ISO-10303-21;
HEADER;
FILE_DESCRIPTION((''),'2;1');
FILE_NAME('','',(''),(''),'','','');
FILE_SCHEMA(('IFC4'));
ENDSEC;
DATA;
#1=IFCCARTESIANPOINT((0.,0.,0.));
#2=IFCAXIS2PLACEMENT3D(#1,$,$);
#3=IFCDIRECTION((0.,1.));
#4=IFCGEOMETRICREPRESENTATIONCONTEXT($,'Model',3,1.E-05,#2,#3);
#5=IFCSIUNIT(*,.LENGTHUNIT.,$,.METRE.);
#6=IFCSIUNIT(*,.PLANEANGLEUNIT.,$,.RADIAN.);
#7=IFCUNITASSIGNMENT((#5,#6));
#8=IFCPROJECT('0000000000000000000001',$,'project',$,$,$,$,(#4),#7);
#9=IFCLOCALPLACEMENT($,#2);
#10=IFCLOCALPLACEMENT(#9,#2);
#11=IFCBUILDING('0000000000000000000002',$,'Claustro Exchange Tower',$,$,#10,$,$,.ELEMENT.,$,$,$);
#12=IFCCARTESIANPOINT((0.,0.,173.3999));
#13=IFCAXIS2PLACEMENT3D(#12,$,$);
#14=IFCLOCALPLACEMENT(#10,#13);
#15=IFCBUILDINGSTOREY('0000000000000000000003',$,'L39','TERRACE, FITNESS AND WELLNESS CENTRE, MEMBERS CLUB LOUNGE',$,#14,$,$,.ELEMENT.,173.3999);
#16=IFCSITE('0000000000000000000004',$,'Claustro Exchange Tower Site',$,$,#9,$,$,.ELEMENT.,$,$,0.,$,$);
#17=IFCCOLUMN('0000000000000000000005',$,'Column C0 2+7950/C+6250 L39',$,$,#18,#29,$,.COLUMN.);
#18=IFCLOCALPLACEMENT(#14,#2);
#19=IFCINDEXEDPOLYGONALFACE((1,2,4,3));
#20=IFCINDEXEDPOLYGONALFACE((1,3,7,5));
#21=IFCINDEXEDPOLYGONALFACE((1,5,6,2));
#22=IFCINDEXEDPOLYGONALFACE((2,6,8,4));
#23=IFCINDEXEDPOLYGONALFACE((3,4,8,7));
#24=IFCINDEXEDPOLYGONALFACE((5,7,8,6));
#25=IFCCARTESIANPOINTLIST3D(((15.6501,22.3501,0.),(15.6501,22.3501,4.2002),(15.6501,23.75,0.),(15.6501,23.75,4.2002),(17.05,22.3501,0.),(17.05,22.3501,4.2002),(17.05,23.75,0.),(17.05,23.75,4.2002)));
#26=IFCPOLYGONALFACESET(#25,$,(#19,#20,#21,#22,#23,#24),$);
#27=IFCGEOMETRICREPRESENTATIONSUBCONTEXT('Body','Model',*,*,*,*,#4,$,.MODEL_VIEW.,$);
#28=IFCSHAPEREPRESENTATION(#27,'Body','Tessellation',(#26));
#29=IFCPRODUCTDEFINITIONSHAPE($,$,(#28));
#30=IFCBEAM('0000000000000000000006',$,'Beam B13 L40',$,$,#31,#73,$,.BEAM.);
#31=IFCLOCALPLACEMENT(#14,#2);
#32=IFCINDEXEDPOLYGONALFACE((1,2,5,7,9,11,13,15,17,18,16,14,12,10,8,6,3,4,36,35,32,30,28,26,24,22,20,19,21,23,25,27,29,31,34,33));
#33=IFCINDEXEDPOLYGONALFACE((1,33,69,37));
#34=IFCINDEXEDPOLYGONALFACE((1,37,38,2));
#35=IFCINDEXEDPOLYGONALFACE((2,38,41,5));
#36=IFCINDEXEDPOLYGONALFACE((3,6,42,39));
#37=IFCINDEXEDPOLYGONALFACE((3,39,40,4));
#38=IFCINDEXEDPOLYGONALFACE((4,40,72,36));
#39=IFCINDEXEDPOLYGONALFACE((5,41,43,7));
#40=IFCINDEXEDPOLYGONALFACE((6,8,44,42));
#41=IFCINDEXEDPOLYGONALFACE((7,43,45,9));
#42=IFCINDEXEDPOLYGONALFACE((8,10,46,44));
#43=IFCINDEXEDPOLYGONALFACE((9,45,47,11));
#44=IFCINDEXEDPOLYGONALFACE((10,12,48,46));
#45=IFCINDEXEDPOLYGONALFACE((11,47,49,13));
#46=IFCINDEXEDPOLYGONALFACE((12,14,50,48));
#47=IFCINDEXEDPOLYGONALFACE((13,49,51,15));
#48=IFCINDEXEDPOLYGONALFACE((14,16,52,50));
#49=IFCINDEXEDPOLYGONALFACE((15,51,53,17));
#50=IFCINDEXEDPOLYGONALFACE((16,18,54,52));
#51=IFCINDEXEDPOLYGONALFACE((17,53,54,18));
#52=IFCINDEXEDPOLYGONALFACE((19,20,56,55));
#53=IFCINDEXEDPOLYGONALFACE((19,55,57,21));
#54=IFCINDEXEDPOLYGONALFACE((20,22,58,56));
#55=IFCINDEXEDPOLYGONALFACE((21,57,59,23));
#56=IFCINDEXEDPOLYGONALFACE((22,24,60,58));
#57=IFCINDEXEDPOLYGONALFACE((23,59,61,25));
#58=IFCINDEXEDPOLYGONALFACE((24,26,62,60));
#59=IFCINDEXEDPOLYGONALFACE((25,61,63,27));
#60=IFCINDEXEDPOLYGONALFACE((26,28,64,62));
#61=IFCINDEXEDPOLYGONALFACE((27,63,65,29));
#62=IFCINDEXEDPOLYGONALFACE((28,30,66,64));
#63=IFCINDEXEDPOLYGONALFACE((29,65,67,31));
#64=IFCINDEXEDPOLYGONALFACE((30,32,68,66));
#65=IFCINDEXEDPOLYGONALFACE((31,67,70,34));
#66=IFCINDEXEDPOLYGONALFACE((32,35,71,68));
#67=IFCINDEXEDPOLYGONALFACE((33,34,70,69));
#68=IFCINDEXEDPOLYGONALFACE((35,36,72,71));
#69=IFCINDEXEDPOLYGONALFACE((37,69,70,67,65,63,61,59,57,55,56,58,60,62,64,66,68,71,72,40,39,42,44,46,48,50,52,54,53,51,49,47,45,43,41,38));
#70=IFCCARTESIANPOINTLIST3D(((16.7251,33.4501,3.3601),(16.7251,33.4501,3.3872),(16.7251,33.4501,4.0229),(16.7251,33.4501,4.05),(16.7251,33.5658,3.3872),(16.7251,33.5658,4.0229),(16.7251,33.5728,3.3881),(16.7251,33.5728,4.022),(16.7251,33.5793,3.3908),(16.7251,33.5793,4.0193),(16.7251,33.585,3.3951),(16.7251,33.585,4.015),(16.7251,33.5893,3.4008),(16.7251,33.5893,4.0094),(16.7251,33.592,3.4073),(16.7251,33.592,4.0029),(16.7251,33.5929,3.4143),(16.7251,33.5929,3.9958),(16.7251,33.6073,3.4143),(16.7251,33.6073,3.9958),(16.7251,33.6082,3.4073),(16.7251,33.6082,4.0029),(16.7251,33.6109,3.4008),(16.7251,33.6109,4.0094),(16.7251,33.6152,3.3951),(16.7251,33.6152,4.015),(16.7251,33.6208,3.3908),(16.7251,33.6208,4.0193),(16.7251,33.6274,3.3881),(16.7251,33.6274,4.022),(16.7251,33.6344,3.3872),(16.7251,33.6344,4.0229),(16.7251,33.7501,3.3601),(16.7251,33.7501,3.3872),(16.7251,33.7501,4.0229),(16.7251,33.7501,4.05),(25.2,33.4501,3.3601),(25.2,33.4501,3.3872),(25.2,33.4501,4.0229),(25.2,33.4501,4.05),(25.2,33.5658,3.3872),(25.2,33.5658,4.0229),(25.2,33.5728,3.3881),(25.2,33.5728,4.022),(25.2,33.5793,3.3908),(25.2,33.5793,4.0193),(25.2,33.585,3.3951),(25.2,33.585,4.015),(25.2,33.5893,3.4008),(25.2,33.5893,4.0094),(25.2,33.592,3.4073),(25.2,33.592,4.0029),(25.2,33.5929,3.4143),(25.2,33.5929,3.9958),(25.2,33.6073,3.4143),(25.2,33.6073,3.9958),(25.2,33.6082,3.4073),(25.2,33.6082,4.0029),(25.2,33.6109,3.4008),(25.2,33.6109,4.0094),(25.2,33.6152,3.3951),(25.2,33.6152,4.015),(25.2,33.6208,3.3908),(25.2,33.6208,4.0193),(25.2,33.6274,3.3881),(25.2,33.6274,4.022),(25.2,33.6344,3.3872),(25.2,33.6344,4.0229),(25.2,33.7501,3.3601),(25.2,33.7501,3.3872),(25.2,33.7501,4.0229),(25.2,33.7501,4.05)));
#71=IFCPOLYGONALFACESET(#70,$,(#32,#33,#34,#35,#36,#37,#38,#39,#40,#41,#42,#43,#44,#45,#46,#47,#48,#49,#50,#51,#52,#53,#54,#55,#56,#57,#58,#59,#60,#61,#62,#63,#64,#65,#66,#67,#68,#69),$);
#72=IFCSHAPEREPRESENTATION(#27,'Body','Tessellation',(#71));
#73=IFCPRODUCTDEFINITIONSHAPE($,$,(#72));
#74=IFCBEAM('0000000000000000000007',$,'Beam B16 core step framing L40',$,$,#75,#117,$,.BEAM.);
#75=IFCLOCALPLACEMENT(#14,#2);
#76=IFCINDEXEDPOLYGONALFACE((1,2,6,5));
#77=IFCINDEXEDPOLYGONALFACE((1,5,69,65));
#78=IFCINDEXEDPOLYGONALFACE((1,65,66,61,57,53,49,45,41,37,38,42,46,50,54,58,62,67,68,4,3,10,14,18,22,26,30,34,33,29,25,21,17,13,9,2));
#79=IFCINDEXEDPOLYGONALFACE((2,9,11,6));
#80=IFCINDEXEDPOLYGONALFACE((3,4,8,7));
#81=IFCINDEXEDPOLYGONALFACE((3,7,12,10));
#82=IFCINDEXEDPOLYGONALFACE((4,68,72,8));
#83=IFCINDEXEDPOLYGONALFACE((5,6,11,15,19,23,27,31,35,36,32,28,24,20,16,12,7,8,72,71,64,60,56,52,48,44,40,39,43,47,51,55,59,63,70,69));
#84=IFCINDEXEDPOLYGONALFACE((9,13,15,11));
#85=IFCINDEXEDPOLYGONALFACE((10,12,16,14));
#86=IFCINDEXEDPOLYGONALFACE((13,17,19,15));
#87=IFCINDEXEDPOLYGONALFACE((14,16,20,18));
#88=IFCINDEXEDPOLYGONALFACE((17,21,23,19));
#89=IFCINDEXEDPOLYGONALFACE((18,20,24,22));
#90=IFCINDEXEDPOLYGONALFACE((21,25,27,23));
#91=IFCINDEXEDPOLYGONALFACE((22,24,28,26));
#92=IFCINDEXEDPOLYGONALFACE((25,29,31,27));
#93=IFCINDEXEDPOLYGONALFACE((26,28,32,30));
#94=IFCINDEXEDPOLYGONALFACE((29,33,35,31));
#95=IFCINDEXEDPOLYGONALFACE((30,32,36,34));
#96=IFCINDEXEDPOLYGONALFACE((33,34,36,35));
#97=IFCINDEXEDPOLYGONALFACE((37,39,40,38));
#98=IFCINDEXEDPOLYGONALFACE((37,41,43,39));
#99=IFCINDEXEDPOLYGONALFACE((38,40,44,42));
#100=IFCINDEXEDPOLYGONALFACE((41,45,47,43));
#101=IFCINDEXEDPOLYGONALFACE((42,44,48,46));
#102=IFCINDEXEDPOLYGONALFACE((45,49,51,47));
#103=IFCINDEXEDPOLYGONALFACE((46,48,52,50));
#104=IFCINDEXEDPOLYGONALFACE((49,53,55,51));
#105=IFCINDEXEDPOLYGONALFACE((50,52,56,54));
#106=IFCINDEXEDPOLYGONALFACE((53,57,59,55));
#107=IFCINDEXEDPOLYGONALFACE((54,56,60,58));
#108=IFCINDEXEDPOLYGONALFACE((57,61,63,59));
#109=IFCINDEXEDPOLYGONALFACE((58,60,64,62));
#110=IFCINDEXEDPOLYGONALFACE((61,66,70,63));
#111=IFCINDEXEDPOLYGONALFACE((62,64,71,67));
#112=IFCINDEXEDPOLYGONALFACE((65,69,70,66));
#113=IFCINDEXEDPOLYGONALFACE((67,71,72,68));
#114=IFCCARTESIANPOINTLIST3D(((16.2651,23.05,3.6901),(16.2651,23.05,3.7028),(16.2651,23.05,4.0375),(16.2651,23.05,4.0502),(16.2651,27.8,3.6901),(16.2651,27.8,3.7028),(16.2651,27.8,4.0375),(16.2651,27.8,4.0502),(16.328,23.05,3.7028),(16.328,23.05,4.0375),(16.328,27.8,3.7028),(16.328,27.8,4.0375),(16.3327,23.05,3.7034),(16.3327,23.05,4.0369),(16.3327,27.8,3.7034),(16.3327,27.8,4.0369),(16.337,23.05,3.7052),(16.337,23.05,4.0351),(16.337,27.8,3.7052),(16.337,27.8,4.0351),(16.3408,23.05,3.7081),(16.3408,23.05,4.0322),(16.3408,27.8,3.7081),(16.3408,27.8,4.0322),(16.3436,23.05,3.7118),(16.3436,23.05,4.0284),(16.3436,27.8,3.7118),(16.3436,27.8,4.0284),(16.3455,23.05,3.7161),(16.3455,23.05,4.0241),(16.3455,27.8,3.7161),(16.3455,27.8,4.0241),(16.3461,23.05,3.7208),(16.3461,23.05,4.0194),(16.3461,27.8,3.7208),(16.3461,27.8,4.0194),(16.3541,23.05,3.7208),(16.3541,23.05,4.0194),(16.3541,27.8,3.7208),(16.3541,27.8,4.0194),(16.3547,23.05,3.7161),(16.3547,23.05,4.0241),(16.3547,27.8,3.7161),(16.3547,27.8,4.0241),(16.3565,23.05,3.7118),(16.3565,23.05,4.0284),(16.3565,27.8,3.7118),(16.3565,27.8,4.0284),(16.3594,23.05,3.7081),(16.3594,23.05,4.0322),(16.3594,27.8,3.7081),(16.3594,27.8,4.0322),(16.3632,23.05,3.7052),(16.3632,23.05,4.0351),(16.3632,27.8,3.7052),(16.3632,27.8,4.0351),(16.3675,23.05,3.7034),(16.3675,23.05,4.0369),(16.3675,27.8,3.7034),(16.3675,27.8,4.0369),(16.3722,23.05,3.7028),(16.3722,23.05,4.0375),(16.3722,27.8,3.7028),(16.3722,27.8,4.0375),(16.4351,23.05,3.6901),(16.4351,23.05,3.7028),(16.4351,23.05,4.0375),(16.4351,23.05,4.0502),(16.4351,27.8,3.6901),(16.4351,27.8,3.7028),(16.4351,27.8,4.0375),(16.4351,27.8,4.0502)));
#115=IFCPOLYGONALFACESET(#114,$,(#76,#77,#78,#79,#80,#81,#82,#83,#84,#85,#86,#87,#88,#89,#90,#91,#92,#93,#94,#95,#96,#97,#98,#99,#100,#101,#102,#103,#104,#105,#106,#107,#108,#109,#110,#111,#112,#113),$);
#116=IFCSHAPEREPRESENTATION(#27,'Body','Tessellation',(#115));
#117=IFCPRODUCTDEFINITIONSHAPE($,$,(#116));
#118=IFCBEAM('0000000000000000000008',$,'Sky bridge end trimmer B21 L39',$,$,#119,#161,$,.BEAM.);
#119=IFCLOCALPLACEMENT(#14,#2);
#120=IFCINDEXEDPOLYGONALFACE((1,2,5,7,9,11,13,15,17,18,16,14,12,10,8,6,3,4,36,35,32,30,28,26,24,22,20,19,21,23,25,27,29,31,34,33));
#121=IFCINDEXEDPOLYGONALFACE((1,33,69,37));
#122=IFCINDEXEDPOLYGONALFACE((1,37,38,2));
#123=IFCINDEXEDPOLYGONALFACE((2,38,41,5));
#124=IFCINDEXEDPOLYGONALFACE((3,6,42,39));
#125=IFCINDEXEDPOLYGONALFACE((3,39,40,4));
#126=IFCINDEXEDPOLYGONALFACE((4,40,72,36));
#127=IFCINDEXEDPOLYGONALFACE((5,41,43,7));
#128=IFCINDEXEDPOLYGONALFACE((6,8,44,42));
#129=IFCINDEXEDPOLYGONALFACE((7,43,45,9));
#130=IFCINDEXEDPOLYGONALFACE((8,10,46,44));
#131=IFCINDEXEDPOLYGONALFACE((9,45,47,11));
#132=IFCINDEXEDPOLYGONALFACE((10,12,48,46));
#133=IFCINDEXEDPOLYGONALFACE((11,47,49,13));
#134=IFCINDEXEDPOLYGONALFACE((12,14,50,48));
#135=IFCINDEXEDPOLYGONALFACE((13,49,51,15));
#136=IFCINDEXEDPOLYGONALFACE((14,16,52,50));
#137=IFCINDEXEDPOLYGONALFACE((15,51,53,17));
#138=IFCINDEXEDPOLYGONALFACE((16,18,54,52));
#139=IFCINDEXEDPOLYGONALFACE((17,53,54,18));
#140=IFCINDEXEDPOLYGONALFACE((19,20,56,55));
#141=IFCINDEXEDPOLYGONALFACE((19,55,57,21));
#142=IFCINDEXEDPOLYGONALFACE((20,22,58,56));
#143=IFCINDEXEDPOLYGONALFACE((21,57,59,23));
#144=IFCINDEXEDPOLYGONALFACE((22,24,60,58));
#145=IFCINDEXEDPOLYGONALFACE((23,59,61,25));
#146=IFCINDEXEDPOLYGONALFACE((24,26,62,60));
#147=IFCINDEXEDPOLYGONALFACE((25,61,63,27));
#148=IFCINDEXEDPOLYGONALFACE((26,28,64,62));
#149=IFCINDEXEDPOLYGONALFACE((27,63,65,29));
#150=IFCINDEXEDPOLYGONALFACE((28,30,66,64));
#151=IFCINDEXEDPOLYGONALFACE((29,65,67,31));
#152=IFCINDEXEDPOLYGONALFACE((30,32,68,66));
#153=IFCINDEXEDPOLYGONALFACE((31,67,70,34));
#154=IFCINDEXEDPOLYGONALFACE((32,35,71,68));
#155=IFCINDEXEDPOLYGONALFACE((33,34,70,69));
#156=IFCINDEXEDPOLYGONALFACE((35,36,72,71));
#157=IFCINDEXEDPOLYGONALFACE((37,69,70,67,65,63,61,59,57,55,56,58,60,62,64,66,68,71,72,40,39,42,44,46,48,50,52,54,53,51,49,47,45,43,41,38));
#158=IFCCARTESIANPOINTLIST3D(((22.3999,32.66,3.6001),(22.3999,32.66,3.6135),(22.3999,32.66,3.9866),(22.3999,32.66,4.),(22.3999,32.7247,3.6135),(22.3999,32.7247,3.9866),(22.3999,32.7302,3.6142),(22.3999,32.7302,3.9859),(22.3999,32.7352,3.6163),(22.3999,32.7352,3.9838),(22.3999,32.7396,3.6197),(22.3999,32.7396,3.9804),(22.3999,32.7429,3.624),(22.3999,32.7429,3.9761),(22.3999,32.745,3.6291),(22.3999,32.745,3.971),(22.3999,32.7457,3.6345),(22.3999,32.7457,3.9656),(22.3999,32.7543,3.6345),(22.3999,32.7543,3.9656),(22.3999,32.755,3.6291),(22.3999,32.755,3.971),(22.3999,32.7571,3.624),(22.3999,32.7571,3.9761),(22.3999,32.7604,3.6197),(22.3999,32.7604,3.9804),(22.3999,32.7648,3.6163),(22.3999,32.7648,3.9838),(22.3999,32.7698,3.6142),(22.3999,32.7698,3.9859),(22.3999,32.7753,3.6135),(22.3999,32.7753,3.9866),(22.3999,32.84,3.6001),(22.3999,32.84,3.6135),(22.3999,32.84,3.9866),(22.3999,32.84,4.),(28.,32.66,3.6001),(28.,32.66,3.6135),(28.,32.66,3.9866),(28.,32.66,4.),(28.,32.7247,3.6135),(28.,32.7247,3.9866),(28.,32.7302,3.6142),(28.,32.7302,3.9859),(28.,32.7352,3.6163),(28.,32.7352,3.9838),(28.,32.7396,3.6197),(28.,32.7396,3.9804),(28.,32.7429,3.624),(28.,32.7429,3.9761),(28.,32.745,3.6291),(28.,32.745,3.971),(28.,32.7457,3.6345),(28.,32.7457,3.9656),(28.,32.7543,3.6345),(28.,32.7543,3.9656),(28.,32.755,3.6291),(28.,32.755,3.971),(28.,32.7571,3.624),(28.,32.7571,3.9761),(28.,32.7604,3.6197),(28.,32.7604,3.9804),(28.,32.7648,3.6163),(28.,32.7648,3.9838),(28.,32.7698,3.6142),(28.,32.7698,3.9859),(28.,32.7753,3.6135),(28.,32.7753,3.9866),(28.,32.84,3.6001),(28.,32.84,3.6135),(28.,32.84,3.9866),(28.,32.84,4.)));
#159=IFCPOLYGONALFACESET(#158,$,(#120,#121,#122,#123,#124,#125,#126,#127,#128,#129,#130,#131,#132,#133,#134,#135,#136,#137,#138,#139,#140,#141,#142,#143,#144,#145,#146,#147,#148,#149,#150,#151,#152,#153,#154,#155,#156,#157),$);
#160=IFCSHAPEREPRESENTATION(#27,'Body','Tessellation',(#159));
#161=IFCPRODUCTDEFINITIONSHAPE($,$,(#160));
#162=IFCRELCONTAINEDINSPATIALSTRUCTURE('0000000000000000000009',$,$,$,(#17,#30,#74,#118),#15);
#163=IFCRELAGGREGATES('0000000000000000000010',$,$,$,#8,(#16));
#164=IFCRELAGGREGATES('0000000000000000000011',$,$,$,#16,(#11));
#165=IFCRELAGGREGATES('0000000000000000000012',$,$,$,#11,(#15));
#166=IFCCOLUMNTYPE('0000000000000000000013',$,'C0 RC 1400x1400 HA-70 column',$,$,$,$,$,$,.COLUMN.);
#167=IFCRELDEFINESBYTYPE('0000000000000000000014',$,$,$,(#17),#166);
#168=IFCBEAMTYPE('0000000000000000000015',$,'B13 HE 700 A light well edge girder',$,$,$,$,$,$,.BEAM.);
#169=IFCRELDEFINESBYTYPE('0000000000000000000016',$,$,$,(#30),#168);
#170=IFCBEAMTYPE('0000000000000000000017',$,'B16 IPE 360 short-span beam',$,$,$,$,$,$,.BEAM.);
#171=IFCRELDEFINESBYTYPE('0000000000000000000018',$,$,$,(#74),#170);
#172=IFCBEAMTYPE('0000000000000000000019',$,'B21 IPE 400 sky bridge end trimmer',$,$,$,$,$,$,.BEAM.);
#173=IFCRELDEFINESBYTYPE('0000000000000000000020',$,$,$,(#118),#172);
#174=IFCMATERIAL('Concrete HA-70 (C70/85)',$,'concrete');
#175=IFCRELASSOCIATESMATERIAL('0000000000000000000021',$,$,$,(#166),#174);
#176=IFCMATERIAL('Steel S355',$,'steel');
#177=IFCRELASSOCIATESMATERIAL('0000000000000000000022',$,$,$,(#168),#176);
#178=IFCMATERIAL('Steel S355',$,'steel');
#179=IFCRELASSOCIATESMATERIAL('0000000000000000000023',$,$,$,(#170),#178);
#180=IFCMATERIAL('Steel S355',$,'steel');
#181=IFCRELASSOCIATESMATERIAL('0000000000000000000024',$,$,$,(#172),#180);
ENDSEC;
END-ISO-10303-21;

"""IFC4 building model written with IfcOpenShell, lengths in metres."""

from ifc_helpers import new_model, si_unit, direction, frame, origin, origin_2d, place, context, subcontext, project, spatial, rectangle, i_section, extrude, material, material_profile, profile_set, type_object, element, save


model = new_model("IFC4")

# Units and contexts
model_context = context("Model", 3, precision=1e-05, world=origin(), true_north=direction((0.0, 1.0)))
body_context = subcontext(model_context, "Body", "Model", "MODEL_VIEW")
ifc_project = project(units=[si_unit("LENGTHUNIT", "METRE"), si_unit("PLANEANGLEUNIT", "RADIAN")], contexts=[model_context])

# Site, building, storey
site_placement = place(None, origin())
site = spatial("IfcSite", under=ifc_project, at=site_placement, Name="Claustro Exchange Tower Site", CompositionType="ELEMENT", RefElevation=0.0)
building_placement = place(site_placement, origin())
building = spatial("IfcBuilding", under=site, at=building_placement, Name="Claustro Exchange Tower", CompositionType="ELEMENT")
storey_placement = place(building_placement, frame((0.0, 0.0, 173.3999)))
storey = spatial("IfcBuildingStorey", under=building, at=storey_placement, Name="L39", Description="TERRACE, FITNESS AND WELLNESS CENTRE, MEMBERS CLUB LOUNGE", CompositionType="ELEMENT", Elevation=173.3999)

# Column
ifc_material_1 = material(Name="Concrete HA-70 (C70/85)", Category="concrete")
ifc_material_profile_1 = material_profile(ifc_material_1, rectangle(XDim=1.3999, YDim=1.3999, at=origin_2d()), Name="RC 1400x1400")
ifc_profile_set_1 = profile_set([ifc_material_profile_1], Name="Concrete HA-70 (C70/85)")
column_type = type_object("IfcColumnType", Name="C0 RC 1400x1400 HA-70 column", PredefinedType="COLUMN", material=ifc_profile_set_1)
column_placement = place(storey_placement, frame((16.3501, 23.05, 0.0), z_axis=(0.0, 0.0, 1.0), x_axis=(1.0, 0.0, 0.0)))
element("IfcColumn", 1, at=column_placement, inside=storey, type_object=column_type, Name="Column C0 2+7950/C+6250 L39", PredefinedType="COLUMN", context=body_context, shape_type="SweptSolid", body=[
    extrude(rectangle(XDim=1.3999, YDim=1.3999, at=origin_2d()), origin(), (0.0, 0.0, 1.0), 4.2002),
])

# Beams
ifc_material_2 = material(Name="Steel S355", Category="steel")
ifc_material_profile_2 = material_profile(ifc_material_2, i_section(OverallWidth=0.3, OverallDepth=0.6899, WebThickness=0.0144, FlangeThickness=0.0271, FilletRadius=0.0271, at=origin_2d()), Name="HE 700 A")
ifc_profile_set_2 = profile_set([ifc_material_profile_2], Name="Steel S355")
beam_type_1 = type_object("IfcBeamType", Name="B13 HE 700 A light well edge girder", PredefinedType="BEAM", material=ifc_profile_set_2)
beam_1_placement = place(storey_placement, frame((16.7251, 33.6001, 3.7051), z_axis=(1.0, 0.0, 0.0), x_axis=(0.0, 1.0, 0.0)))
element("IfcBeam", 2, at=beam_1_placement, inside=storey, type_object=beam_type_1, Name="Beam B13 L40", PredefinedType="BEAM", context=body_context, shape_type="SweptSolid", body=[
    extrude(i_section(OverallWidth=0.3, OverallDepth=0.6899, WebThickness=0.0144, FlangeThickness=0.0271, FilletRadius=0.0271, at=origin_2d()), origin(), (0.0, 0.0, 1.0), 8.4749),
])
ifc_material_3 = material(Name="Steel S355", Category="steel")
ifc_material_profile_3 = material_profile(ifc_material_3, i_section(OverallWidth=0.1699, OverallDepth=0.3601, WebThickness=0.0081, FlangeThickness=0.0127, FilletRadius=0.0181, at=origin_2d()), Name="IPE 360")
ifc_profile_set_3 = profile_set([ifc_material_profile_3], Name="Steel S355")
beam_type_2 = type_object("IfcBeamType", Name="B16 IPE 360 short-span beam", PredefinedType="BEAM", material=ifc_profile_set_3)
beam_2_placement = place(storey_placement, frame((16.3501, 23.05, 3.8701), z_axis=(0.0, 1.0, 0.0), x_axis=(-1.0, 0.0, 0.0)))
element("IfcBeam", 3, at=beam_2_placement, inside=storey, type_object=beam_type_2, Name="Beam B16 core step framing L40", PredefinedType="BEAM", context=body_context, shape_type="SweptSolid", body=[
    extrude(i_section(OverallWidth=0.1699, OverallDepth=0.3601, WebThickness=0.0081, FlangeThickness=0.0127, FilletRadius=0.0181, at=origin_2d()), origin(), (0.0, 0.0, 1.0), 4.75),
])
ifc_material_4 = material(Name="Steel S355", Category="steel")
ifc_material_profile_4 = material_profile(ifc_material_4, i_section(OverallWidth=0.1799, OverallDepth=0.3999, WebThickness=0.0085, FlangeThickness=0.0134, FilletRadius=0.021, at=origin_2d()), Name="IPE 400")
ifc_profile_set_4 = profile_set([ifc_material_profile_4], Name="Steel S355")
beam_type_3 = type_object("IfcBeamType", Name="B21 IPE 400 sky bridge end trimmer", PredefinedType="BEAM", material=ifc_profile_set_4)
beam_3_placement = place(storey_placement, frame((22.3999, 32.75, 3.8), z_axis=(1.0, 0.0, 0.0), x_axis=(0.0, 1.0, 0.0)))
element("IfcBeam", 4, at=beam_3_placement, inside=storey, type_object=beam_type_3, Name="Sky bridge end trimmer B21 L39", PredefinedType="BEAM", context=body_context, shape_type="SweptSolid", body=[
    extrude(i_section(OverallWidth=0.1799, OverallDepth=0.3999, WebThickness=0.0085, FlangeThickness=0.0134, FilletRadius=0.021, at=origin_2d()), origin(), (0.0, 0.0, 1.0), 5.6001),
])

save(model, "model.ifc")
